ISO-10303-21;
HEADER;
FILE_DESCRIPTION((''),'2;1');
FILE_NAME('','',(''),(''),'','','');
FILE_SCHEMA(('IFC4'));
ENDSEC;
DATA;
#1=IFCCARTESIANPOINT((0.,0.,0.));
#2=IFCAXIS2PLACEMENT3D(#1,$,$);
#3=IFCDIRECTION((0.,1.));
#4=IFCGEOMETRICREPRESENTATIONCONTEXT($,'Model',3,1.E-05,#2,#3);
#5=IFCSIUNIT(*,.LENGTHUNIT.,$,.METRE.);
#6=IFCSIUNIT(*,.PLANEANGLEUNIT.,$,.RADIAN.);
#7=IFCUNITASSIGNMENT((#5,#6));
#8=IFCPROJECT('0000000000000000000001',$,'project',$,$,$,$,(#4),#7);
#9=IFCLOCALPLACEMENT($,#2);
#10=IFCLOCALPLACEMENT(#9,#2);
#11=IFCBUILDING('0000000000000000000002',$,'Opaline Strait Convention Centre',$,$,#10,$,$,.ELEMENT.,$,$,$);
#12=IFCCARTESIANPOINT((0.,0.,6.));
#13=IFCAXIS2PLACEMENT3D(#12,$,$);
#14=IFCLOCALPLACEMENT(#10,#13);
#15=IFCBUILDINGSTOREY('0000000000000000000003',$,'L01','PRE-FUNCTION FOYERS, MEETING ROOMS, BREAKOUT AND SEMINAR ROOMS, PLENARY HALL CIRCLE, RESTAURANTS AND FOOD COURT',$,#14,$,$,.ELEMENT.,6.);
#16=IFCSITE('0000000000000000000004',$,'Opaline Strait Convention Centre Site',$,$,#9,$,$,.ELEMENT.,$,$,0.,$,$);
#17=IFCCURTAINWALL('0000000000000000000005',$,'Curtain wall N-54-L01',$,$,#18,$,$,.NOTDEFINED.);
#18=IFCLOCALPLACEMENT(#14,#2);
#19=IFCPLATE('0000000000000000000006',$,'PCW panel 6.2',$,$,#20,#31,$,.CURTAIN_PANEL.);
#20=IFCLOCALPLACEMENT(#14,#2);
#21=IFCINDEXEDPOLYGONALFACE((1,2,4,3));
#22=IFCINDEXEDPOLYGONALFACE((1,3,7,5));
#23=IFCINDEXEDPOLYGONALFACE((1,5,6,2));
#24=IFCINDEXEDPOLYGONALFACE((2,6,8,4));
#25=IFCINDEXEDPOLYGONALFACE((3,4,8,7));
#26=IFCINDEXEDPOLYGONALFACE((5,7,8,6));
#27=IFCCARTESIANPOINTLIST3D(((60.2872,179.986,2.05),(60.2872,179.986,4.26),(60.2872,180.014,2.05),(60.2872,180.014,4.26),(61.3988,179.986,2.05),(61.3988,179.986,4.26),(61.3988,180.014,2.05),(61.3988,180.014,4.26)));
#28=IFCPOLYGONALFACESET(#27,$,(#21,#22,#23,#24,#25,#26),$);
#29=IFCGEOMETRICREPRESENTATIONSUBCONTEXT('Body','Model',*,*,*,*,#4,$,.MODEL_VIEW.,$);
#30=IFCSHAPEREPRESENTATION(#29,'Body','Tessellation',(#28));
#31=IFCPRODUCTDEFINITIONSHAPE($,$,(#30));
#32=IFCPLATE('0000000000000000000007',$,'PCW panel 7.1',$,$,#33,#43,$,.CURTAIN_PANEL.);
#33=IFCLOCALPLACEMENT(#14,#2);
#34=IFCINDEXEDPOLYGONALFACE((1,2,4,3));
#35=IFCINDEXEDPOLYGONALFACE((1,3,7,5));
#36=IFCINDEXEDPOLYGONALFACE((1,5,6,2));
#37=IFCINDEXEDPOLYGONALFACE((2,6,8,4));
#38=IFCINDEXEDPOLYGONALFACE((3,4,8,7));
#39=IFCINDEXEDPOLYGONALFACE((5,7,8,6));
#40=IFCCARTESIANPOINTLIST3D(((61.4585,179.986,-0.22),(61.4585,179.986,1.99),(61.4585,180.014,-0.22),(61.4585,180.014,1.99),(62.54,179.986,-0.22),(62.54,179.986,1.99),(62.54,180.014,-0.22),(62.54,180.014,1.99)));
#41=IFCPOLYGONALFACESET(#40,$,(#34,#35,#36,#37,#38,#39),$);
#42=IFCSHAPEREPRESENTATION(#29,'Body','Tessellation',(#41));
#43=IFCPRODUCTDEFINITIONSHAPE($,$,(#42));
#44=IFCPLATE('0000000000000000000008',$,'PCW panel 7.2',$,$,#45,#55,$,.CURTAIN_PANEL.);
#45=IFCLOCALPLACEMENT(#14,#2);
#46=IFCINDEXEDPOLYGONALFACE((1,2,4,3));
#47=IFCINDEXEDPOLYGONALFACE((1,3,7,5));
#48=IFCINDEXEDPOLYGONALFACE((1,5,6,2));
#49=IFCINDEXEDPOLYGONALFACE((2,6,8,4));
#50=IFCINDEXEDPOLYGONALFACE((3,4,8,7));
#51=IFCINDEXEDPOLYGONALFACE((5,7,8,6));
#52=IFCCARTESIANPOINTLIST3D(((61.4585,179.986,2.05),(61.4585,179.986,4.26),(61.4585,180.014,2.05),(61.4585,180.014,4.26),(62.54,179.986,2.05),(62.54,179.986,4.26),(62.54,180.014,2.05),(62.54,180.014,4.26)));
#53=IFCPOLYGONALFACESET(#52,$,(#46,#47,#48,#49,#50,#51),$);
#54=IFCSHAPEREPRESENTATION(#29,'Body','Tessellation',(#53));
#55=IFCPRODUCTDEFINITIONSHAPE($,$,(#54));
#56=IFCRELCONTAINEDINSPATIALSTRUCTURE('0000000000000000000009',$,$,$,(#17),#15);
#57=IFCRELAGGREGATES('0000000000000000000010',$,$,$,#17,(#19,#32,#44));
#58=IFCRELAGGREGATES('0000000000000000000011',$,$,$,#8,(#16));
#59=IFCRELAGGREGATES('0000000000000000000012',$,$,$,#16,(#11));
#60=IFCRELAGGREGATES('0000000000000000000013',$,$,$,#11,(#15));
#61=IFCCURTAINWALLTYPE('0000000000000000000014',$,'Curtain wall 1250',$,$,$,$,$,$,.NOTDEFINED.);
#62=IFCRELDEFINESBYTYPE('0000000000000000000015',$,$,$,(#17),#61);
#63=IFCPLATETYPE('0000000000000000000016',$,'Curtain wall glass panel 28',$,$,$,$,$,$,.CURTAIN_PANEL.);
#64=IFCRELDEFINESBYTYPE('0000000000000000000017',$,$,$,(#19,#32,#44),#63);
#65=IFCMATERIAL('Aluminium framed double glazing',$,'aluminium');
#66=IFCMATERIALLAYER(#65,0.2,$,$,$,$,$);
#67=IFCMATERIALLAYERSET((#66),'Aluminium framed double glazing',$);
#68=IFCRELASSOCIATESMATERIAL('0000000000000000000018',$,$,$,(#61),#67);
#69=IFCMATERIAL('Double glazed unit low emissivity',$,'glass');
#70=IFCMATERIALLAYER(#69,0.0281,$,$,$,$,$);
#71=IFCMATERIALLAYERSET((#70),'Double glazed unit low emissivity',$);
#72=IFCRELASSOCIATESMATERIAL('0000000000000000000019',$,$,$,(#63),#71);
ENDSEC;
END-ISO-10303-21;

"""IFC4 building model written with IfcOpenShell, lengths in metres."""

from ifc_helpers import new_model, si_unit, direction, frame, origin, origin_2d, place, context, subcontext, project, spatial, rectangle, extrude, material, layer, layer_set, type_object, element, aggregate, save


model = new_model("IFC4")

# Units and contexts
model_context = context("Model", 3, precision=1e-05, world=origin(), true_north=direction((0.0, 1.0)))
body_context = subcontext(model_context, "Body", "Model", "MODEL_VIEW")
ifc_project = project(units=[si_unit("LENGTHUNIT", "METRE"), si_unit("PLANEANGLEUNIT", "RADIAN")], contexts=[model_context])

# Site, building, storey
site_placement = place(None, origin())
site = spatial("IfcSite", under=ifc_project, at=site_placement, Name="Opaline Strait Convention Centre Site", CompositionType="ELEMENT", RefElevation=0.0)
building_placement = place(site_placement, origin())
building = spatial("IfcBuilding", under=site, at=building_placement, Name="Opaline Strait Convention Centre", CompositionType="ELEMENT")
storey_placement = place(building_placement, frame((0.0, 0.0, 6.0)))
storey = spatial("IfcBuildingStorey", under=building, at=storey_placement, Name="L01", Description="PRE-FUNCTION FOYERS, MEETING ROOMS, BREAKOUT AND SEMINAR ROOMS, PLENARY HALL CIRCLE, RESTAURANTS AND FOOD COURT", CompositionType="ELEMENT", Elevation=6.0)

# Curtain wall, plates
ifc_material_1 = material(Name="Aluminium framed double glazing", Category="aluminium")
ifc_layer_1 = layer(ifc_material_1, 0.2)
ifc_layer_set_1 = layer_set([ifc_layer_1], Name="Aluminium framed double glazing")
curtain_wall_type = type_object("IfcCurtainWallType", Name="Curtain wall 1250", PredefinedType="NOTDEFINED", material=ifc_layer_set_1)
curtain_wall_placement = place(storey_placement, origin())
curtain_wall = element("IfcCurtainWall", 1, at=curtain_wall_placement, inside=storey, type_object=curtain_wall_type, Name="Curtain wall N-54-L01", PredefinedType="NOTDEFINED")
ifc_material_2 = material(Name="Double glazed unit low emissivity", Category="glass")
ifc_layer_2 = layer(ifc_material_2, 0.0281)
ifc_layer_set_2 = layer_set([ifc_layer_2], Name="Double glazed unit low emissivity")
plate_type = type_object("IfcPlateType", Name="Curtain wall glass panel 28", PredefinedType="CURTAIN_PANEL", material=ifc_layer_set_2)
plate_1_placement = place(storey_placement, frame((60.843, 180.0, 2.05), z_axis=(0.0, 0.0, 1.0), x_axis=(1.0, 0.0, 0.0)))
plate_1 = element("IfcPlate", 2, at=plate_1_placement, type_object=plate_type, Name="PCW panel 6.2", PredefinedType="CURTAIN_PANEL", context=body_context, shape_type="SweptSolid", body=[
    extrude(rectangle(XDim=1.1116, YDim=0.0281, at=origin_2d()), origin(), (0.0, 0.0, 1.0), 2.21),
])
plate_2_placement = place(storey_placement, frame((61.9993, 180.0, -0.22), z_axis=(0.0, 0.0, 1.0), x_axis=(1.0, 0.0, 0.0)))
plate_2 = element("IfcPlate", 3, at=plate_2_placement, type_object=plate_type, Name="PCW panel 7.1", PredefinedType="CURTAIN_PANEL", context=body_context, shape_type="SweptSolid", body=[
    extrude(rectangle(XDim=1.0815, YDim=0.0281, at=origin_2d()), origin(), (0.0, 0.0, 1.0), 2.21),
])
plate_3_placement = place(storey_placement, frame((61.9993, 180.0, 2.05), z_axis=(0.0, 0.0, 1.0), x_axis=(1.0, 0.0, 0.0)))
plate_3 = element("IfcPlate", 4, at=plate_3_placement, type_object=plate_type, Name="PCW panel 7.2", PredefinedType="CURTAIN_PANEL", context=body_context, shape_type="SweptSolid", body=[
    extrude(rectangle(XDim=1.0815, YDim=0.0281, at=origin_2d()), origin(), (0.0, 0.0, 1.0), 2.21),
])
aggregate(curtain_wall, [plate_1, plate_2, plate_3])

save(model, "model.ifc")
